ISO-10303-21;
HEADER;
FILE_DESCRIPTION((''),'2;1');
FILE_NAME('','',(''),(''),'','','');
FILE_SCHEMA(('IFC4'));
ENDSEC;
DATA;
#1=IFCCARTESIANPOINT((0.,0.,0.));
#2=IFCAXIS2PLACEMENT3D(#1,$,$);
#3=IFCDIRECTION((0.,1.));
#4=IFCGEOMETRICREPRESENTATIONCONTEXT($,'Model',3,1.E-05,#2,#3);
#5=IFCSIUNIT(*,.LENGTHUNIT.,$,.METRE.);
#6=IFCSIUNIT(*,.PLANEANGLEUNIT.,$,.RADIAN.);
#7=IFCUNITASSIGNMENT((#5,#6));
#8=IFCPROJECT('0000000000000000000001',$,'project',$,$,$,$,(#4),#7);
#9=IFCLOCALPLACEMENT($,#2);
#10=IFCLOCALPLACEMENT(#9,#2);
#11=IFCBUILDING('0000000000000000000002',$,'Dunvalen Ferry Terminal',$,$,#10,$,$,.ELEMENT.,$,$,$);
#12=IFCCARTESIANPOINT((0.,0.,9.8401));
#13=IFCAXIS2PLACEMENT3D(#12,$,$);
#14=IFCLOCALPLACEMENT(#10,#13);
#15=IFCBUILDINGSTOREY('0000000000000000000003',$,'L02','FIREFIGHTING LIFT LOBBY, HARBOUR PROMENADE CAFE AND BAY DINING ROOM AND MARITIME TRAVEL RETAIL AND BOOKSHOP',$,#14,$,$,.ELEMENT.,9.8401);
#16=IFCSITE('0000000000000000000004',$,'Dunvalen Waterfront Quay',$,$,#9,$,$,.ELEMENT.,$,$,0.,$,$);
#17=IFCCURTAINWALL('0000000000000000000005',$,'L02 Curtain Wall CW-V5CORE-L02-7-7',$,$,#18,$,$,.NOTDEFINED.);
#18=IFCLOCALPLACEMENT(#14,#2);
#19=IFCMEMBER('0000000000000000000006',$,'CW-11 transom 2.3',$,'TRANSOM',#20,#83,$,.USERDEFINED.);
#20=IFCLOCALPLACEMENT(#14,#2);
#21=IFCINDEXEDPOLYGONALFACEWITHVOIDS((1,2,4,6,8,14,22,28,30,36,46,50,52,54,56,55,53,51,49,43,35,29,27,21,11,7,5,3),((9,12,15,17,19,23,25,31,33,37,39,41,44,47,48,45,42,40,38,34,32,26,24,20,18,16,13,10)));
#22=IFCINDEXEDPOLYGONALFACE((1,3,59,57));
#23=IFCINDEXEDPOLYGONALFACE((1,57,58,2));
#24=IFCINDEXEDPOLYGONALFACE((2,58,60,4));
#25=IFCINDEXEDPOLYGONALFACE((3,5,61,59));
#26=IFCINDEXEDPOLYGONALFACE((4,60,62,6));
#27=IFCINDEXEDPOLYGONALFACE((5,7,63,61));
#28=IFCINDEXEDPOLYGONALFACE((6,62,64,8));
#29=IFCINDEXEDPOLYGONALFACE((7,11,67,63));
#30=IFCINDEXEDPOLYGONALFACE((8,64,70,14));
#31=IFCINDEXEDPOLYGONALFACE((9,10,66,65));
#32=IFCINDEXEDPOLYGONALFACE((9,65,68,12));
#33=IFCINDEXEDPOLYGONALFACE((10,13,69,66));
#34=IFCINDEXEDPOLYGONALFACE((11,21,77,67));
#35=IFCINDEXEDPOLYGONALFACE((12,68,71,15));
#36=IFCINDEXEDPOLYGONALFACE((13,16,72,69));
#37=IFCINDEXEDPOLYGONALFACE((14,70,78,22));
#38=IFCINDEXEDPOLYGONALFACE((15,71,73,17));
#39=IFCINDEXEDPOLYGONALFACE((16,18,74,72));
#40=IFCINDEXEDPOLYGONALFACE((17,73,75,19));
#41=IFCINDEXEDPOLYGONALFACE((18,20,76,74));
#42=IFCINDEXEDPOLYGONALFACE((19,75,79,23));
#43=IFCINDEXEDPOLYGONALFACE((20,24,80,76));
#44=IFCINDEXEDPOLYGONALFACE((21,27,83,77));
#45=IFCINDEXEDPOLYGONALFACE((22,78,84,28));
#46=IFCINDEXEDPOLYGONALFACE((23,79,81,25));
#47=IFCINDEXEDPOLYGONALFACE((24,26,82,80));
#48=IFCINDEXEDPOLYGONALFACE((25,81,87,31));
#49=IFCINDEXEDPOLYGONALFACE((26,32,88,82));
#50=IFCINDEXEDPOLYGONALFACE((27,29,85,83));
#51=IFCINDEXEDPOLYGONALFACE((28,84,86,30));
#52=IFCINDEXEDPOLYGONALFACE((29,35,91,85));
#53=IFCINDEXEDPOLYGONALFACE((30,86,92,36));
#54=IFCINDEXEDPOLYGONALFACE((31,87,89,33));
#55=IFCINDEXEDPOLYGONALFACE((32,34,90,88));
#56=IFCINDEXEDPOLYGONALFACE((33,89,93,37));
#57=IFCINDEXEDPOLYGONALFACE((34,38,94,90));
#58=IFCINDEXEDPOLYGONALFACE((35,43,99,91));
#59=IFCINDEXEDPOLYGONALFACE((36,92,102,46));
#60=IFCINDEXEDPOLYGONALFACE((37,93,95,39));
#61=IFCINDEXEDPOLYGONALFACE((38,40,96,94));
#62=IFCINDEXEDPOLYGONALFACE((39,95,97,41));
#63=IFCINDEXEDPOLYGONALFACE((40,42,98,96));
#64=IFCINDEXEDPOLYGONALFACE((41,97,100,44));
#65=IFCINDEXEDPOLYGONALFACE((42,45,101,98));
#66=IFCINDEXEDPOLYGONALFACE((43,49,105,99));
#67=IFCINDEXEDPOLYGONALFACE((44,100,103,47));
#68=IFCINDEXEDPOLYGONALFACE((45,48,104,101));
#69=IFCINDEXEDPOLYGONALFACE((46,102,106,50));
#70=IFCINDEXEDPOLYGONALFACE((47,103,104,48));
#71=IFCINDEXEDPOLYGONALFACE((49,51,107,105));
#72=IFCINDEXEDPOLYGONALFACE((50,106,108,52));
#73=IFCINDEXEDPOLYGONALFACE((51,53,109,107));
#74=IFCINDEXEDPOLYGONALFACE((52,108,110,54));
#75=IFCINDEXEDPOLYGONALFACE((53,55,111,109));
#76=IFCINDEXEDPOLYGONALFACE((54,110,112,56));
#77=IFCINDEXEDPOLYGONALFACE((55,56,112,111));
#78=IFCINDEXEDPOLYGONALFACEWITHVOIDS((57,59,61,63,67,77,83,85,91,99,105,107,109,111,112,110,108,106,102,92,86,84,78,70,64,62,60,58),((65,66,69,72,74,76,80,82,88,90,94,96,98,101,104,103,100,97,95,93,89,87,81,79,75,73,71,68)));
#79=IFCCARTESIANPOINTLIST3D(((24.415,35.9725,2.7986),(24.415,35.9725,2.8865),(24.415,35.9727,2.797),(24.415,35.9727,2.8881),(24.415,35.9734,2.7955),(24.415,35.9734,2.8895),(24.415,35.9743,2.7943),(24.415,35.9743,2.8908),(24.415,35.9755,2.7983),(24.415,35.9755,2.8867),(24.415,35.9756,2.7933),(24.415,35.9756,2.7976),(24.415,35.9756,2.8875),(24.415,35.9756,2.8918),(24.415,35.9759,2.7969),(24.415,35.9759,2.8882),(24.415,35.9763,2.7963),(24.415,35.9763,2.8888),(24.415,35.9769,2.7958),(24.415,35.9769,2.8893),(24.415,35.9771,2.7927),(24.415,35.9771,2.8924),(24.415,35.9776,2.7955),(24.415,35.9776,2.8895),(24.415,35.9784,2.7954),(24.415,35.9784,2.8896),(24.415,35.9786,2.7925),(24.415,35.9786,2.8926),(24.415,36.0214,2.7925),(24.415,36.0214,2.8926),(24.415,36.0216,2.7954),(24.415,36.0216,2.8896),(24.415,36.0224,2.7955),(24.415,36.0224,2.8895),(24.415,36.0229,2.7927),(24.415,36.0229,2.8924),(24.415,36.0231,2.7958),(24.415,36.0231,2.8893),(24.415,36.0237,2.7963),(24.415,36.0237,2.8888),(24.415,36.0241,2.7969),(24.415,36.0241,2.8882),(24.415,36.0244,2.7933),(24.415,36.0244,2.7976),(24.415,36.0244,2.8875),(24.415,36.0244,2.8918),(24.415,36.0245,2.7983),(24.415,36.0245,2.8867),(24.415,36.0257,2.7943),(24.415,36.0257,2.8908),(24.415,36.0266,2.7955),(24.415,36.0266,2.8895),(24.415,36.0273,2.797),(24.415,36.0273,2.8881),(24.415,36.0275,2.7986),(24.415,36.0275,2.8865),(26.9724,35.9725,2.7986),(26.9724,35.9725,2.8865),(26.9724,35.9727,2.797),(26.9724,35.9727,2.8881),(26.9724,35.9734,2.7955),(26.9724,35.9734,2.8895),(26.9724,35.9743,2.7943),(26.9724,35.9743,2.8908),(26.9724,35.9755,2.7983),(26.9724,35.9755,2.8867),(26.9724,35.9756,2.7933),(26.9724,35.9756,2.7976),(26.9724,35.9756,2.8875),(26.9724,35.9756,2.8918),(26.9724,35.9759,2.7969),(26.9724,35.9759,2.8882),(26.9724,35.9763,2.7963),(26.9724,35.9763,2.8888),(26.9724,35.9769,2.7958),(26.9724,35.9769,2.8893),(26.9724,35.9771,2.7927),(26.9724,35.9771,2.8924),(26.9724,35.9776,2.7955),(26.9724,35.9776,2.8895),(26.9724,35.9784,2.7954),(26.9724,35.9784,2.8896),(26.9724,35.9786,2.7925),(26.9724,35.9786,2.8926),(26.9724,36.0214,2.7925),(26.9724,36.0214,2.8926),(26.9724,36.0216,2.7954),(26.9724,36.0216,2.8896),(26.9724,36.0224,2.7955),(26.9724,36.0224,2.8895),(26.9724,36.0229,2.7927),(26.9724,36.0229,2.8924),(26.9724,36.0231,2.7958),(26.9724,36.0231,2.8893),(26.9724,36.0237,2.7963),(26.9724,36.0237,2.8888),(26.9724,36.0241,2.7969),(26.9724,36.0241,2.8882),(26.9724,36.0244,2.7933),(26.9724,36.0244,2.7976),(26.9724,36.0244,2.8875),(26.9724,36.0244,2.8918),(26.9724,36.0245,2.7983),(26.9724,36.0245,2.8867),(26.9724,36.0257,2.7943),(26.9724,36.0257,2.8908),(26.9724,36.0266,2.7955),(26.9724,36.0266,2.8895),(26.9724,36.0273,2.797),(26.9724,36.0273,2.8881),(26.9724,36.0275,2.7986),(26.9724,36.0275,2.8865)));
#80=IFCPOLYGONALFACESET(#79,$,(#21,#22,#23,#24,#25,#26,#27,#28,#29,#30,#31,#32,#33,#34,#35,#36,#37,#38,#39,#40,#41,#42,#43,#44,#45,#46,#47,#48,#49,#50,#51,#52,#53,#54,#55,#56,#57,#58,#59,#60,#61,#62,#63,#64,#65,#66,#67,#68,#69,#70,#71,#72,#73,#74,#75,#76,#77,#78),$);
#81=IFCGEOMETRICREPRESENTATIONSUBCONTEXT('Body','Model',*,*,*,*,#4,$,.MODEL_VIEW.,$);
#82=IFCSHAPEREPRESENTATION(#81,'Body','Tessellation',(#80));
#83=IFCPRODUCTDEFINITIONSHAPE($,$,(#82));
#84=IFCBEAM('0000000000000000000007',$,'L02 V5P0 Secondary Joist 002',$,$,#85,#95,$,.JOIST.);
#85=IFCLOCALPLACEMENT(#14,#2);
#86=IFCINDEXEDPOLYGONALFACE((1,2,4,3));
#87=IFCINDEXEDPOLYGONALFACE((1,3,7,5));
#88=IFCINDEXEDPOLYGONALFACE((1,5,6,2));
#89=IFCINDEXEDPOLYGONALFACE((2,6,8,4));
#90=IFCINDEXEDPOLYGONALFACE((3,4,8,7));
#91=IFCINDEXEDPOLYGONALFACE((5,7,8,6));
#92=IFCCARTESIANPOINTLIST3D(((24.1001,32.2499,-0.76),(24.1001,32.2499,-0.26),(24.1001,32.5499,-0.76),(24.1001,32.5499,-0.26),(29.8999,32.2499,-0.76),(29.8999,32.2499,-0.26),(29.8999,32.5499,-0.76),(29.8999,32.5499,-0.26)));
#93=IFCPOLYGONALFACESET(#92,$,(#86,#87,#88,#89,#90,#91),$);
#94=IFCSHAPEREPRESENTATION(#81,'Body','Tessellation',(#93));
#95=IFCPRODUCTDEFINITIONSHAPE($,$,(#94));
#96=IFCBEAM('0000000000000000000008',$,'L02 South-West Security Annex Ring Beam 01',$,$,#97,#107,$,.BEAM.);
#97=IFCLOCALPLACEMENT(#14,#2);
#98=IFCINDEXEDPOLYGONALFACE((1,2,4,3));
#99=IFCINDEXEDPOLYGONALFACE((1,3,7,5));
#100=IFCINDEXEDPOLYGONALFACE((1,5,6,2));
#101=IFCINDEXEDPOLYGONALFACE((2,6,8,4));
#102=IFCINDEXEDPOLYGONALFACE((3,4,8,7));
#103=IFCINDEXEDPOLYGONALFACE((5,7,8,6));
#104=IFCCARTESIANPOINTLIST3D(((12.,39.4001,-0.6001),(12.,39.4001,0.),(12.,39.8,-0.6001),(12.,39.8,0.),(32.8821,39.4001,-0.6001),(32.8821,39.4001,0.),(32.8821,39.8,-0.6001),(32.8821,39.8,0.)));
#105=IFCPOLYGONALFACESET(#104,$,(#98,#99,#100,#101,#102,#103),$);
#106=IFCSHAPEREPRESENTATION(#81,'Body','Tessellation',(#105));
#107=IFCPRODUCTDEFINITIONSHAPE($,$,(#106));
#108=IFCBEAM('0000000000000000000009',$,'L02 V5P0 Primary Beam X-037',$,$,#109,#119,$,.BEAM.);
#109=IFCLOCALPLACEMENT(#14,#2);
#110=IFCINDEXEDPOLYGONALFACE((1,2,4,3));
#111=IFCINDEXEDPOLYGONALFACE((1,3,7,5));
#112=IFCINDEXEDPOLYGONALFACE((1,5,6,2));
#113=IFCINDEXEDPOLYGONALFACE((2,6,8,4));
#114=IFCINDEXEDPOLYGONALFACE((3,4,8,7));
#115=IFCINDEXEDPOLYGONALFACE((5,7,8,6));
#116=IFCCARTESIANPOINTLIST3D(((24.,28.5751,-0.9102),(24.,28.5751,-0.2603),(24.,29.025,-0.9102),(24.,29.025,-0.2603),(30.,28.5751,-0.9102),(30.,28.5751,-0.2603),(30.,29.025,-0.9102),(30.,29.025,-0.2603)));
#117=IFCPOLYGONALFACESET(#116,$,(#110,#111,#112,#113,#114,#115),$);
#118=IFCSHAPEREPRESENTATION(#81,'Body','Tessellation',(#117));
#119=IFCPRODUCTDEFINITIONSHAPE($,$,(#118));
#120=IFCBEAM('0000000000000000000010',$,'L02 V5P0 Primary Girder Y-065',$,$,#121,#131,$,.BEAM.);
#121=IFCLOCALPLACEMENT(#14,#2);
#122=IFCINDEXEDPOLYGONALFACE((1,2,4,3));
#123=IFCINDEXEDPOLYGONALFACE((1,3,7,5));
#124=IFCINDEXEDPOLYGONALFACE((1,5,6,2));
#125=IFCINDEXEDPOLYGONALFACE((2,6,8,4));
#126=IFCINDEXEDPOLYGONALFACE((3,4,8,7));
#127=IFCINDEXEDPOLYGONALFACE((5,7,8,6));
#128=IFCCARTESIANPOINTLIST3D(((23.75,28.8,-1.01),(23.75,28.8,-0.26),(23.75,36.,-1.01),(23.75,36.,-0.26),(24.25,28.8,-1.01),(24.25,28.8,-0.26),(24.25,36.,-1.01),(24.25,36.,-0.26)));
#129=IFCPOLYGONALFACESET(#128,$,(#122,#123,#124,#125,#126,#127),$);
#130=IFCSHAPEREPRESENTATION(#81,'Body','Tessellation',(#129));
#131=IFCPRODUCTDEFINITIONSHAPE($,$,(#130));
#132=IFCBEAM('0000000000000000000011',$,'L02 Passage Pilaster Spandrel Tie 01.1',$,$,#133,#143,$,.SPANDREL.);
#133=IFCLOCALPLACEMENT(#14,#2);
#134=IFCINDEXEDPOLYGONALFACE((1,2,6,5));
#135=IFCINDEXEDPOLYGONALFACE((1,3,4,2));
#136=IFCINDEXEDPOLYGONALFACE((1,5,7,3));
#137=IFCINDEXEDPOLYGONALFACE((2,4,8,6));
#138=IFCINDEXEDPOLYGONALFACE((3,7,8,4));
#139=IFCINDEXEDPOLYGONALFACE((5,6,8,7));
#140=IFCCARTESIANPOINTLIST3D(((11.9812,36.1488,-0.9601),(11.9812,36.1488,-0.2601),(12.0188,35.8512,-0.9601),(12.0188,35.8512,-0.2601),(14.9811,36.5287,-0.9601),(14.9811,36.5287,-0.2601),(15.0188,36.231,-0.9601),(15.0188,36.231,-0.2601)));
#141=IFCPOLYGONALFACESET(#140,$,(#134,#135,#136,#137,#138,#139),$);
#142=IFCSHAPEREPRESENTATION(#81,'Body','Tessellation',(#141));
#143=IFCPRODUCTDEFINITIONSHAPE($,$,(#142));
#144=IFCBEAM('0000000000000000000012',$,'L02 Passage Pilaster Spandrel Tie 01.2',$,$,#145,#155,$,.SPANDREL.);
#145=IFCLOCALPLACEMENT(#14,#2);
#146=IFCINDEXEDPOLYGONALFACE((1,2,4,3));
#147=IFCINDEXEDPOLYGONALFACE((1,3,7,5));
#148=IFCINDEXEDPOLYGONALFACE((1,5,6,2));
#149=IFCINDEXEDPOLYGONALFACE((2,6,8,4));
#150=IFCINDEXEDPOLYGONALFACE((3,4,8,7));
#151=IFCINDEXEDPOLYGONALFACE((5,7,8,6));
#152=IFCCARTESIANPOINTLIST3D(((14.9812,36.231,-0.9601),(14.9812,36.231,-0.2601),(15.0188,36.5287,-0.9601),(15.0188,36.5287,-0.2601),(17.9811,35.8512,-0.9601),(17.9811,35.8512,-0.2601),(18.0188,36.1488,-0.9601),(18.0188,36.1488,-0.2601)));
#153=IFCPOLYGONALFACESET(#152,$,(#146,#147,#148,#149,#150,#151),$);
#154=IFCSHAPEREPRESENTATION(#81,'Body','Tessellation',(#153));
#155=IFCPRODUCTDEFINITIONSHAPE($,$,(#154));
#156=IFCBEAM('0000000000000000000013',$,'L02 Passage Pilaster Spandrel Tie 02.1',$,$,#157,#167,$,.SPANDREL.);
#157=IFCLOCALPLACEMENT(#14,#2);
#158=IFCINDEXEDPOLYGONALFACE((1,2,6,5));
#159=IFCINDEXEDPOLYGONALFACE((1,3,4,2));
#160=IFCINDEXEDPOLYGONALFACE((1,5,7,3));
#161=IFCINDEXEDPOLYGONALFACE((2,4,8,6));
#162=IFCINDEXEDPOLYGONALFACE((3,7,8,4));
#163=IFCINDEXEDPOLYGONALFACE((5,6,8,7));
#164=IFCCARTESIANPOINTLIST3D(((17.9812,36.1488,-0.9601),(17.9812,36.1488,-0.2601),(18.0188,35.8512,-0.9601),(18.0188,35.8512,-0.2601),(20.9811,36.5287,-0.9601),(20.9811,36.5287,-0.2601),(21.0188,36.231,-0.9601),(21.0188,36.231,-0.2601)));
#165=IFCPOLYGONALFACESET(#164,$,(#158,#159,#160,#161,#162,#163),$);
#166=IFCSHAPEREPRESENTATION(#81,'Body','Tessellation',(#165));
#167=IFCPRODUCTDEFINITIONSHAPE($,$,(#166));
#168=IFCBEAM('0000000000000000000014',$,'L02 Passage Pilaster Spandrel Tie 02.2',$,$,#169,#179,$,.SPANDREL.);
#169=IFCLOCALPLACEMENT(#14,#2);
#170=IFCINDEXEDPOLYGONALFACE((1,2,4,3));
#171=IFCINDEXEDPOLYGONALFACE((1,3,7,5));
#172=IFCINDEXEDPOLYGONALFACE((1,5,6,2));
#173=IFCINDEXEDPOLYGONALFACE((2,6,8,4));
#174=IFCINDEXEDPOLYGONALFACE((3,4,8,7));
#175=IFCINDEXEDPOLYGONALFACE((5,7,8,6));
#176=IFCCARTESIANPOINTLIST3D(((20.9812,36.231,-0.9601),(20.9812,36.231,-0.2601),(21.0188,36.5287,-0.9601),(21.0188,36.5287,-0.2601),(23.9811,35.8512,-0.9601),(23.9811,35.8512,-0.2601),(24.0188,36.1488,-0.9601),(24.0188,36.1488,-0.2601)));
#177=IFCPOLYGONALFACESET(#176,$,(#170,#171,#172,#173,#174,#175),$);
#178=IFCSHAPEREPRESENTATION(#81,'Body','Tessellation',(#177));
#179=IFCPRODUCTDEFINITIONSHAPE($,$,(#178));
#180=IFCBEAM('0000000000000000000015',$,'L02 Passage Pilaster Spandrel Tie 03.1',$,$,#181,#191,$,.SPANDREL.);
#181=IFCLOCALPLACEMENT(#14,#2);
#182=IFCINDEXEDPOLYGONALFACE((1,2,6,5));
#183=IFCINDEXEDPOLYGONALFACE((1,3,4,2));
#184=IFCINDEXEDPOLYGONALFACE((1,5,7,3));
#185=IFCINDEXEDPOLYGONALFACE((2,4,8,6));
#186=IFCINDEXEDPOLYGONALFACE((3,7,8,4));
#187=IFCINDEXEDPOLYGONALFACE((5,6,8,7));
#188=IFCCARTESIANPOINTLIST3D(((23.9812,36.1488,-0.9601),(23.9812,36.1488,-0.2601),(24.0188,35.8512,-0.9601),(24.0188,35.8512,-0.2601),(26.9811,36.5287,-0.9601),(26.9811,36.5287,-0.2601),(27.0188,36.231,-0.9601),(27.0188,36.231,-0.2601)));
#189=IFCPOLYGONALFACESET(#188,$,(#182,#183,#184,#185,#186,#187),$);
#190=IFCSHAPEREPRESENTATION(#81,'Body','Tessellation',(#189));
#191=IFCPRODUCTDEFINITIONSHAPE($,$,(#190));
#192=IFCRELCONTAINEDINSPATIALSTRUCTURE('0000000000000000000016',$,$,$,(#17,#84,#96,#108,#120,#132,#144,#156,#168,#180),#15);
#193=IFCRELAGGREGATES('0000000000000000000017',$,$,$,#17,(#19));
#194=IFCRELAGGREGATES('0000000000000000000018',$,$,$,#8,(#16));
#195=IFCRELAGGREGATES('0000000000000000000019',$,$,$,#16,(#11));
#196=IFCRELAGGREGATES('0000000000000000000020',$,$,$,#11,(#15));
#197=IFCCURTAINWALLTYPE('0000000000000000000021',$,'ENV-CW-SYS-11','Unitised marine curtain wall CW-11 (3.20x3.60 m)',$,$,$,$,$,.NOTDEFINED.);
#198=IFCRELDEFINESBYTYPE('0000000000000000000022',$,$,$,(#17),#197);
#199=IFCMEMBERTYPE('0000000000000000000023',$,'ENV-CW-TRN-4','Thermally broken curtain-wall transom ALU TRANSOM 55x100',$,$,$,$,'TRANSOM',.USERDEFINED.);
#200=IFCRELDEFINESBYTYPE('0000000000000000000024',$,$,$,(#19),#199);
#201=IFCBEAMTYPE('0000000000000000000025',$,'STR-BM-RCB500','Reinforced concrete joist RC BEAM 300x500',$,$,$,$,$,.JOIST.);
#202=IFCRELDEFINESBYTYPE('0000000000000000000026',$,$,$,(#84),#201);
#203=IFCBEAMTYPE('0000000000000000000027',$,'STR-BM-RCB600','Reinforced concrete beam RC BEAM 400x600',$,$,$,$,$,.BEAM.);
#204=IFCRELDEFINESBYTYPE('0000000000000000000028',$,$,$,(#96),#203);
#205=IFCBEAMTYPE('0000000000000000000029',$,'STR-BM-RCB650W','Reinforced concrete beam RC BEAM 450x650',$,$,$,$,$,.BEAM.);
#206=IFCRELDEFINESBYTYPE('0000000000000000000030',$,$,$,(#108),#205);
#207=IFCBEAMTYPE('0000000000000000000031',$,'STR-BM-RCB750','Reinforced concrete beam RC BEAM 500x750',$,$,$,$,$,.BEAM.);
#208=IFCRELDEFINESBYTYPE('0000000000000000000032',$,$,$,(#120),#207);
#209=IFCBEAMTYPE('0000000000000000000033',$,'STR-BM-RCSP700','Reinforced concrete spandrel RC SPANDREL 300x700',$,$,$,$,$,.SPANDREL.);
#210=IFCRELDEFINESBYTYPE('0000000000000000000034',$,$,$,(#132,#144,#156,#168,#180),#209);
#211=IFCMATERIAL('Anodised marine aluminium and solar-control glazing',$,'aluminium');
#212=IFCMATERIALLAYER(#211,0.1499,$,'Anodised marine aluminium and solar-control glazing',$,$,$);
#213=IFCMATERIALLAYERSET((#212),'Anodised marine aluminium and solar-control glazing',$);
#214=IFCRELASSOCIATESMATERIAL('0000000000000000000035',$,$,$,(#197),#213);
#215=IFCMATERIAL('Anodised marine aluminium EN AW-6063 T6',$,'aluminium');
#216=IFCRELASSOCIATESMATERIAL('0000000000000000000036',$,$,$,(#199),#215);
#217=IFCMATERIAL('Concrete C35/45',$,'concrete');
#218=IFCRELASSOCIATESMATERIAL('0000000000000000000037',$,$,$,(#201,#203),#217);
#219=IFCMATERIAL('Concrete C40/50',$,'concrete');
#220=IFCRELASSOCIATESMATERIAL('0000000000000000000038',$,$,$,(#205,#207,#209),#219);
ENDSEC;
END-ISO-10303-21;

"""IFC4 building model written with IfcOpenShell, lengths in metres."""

from ifc_helpers import new_model, si_unit, direction, frame, origin, origin_2d, place, context, subcontext, project, spatial, rectangle, hollow_rectangle, extrude, material, layer, layer_set, material_profile, profile_set, type_object, element, aggregate, save


model = new_model("IFC4")

# Units and contexts
model_context = context("Model", 3, precision=1e-05, world=origin(), true_north=direction((0.0, 1.0)))
body_context = subcontext(model_context, "Body", "Model", "MODEL_VIEW")
ifc_project = project(units=[si_unit("LENGTHUNIT", "METRE"), si_unit("PLANEANGLEUNIT", "RADIAN")], contexts=[model_context])

# Site, building, storey
site_placement = place(None, origin())
site = spatial("IfcSite", under=ifc_project, at=site_placement, Name="Dunvalen Waterfront Quay", CompositionType="ELEMENT", RefElevation=0.0)
building_placement = place(site_placement, origin())
building = spatial("IfcBuilding", under=site, at=building_placement, Name="Dunvalen Ferry Terminal", CompositionType="ELEMENT")
storey_placement = place(building_placement, frame((0.0, 0.0, 9.8401)))
storey = spatial("IfcBuildingStorey", under=building, at=storey_placement, Name="L02", Description="FIREFIGHTING LIFT LOBBY, HARBOUR PROMENADE CAFE AND BAY DINING ROOM AND MARITIME TRAVEL RETAIL AND BOOKSHOP", CompositionType="ELEMENT", Elevation=9.8401)

# Shared definitions
ifc_material_1 = material(Name="Concrete C40/50", Category="concrete")

# Curtain wall, member
ifc_material_2 = material(Name="Anodised marine aluminium and solar-control glazing", Category="aluminium")
ifc_layer_1 = layer(ifc_material_2, 0.1499, Name="Anodised marine aluminium and solar-control glazing")
ifc_layer_set_1 = layer_set([ifc_layer_1], Name="Anodised marine aluminium and solar-control glazing")
curtain_wall_type = type_object("IfcCurtainWallType", Name="ENV-CW-SYS-11", Description="Unitised marine curtain wall CW-11 (3.20x3.60 m)", PredefinedType="NOTDEFINED", material=ifc_layer_set_1)
curtain_wall_placement = place(storey_placement, origin())
curtain_wall = element("IfcCurtainWall", 1, at=curtain_wall_placement, inside=storey, type_object=curtain_wall_type, Name="L02 Curtain Wall CW-V5CORE-L02-7-7", PredefinedType="NOTDEFINED")
ifc_material_3 = material(Name="Anodised marine aluminium EN AW-6063 T6", Category="aluminium")
ifc_material_profile_1 = material_profile(ifc_material_3, hollow_rectangle(XDim=0.0549, YDim=0.1001, WallThickness=0.0029, InnerFilletRadius=0.0029, OuterFilletRadius=0.0061, at=origin_2d()), Name="Anodised marine aluminium EN AW-6063 T6")
ifc_profile_set_1 = profile_set([ifc_material_profile_1], Name="Anodised marine aluminium EN AW-6063 T6")
member_type_1 = type_object("IfcMemberType", Name="ENV-CW-TRN-4", Description="Thermally broken curtain-wall transom ALU TRANSOM 55x100", ElementType="TRANSOM", PredefinedType="USERDEFINED", material=ifc_profile_set_1)
member_1_placement = place(storey_placement, frame((26.9724, 36.0, 2.8425), z_axis=(-1.0, 0.0, 0.0), x_axis=(0.0, -1.0, 0.0)))
member_1 = element("IfcMember", 2, at=member_1_placement, type_object=member_type_1, Name="CW-11 transom 2.3", ObjectType="TRANSOM", PredefinedType="USERDEFINED", context=body_context, shape_type="SweptSolid", body=[
    extrude(hollow_rectangle(XDim=0.0549, YDim=0.1001, WallThickness=0.0029, InnerFilletRadius=0.0029, OuterFilletRadius=0.0061, at=origin_2d()), origin(), (0.0, 0.0, 1.0), 2.5574),
])

# Beams
ifc_material_4 = material(Name="Concrete C35/45", Category="concrete")
ifc_material_profile_2 = material_profile(ifc_material_4, rectangle(XDim=0.3, YDim=0.5, at=origin_2d()), Name="Concrete C35/45")
ifc_profile_set_2 = profile_set([ifc_material_profile_2], Name="Concrete C35/45")
beam_type_1 = type_object("IfcBeamType", Name="STR-BM-RCB500", Description="Reinforced concrete joist RC BEAM 300x500", PredefinedType="JOIST", material=ifc_profile_set_2)
beam_1_placement = place(storey_placement, frame((24.1001, 32.3999, -0.51), z_axis=(1.0, 0.0, 0.0), x_axis=(0.0, 1.0, 0.0)))
element("IfcBeam", 3, at=beam_1_placement, inside=storey, type_object=beam_type_1, Name="L02 V5P0 Secondary Joist 002", PredefinedType="JOIST", context=body_context, shape_type="SweptSolid", body=[
    extrude(rectangle(XDim=0.3, YDim=0.5, at=origin_2d()), origin(), (0.0, 0.0, 1.0), 5.7998),
])
ifc_material_profile_3 = material_profile(ifc_material_4, rectangle(XDim=0.3999, YDim=0.6001, at=origin_2d()), Name="Concrete C35/45")
ifc_profile_set_3 = profile_set([ifc_material_profile_3], Name="Concrete C35/45")
beam_type_2 = type_object("IfcBeamType", Name="STR-BM-RCB600", Description="Reinforced concrete beam RC BEAM 400x600", PredefinedType="BEAM", material=ifc_profile_set_3)
beam_2_placement = place(storey_placement, frame((12.0, 39.6001, -0.3), z_axis=(1.0, 0.0, 0.0), x_axis=(0.0, 1.0, 0.0)))
element("IfcBeam", 4, at=beam_2_placement, inside=storey, type_object=beam_type_2, Name="L02 South-West Security Annex Ring Beam 01", PredefinedType="BEAM", context=body_context, shape_type="SweptSolid", body=[
    extrude(rectangle(XDim=0.3999, YDim=0.6001, at=origin_2d()), origin(), (0.0, 0.0, 1.0), 20.8821),
])
ifc_material_profile_4 = material_profile(ifc_material_1, rectangle(XDim=0.45, YDim=0.6499, at=origin_2d()), Name="Concrete C40/50")
ifc_profile_set_4 = profile_set([ifc_material_profile_4], Name="Concrete C40/50")
beam_type_3 = type_object("IfcBeamType", Name="STR-BM-RCB650W", Description="Reinforced concrete beam RC BEAM 450x650", PredefinedType="BEAM", material=ifc_profile_set_4)
beam_3_placement = place(storey_placement, frame((24.0, 28.8, -0.5852), z_axis=(1.0, 0.0, 0.0), x_axis=(0.0, 1.0, 0.0)))
element("IfcBeam", 5, at=beam_3_placement, inside=storey, type_object=beam_type_3, Name="L02 V5P0 Primary Beam X-037", PredefinedType="BEAM", context=body_context, shape_type="SweptSolid", body=[
    extrude(rectangle(XDim=0.45, YDim=0.6499, at=origin_2d()), origin(), (0.0, 0.0, 1.0), 6.0),
])
ifc_material_profile_5 = material_profile(ifc_material_1, rectangle(XDim=0.5, YDim=0.75, at=origin_2d()), Name="Concrete C40/50")
ifc_profile_set_5 = profile_set([ifc_material_profile_5], Name="Concrete C40/50")
beam_type_4 = type_object("IfcBeamType", Name="STR-BM-RCB750", Description="Reinforced concrete beam RC BEAM 500x750", PredefinedType="BEAM", material=ifc_profile_set_5)
beam_4_placement = place(storey_placement, frame((24.0, 28.8, -0.635), z_axis=(0.0, 1.0, 0.0), x_axis=(-1.0, 0.0, 0.0)))
element("IfcBeam", 6, at=beam_4_placement, inside=storey, type_object=beam_type_4, Name="L02 V5P0 Primary Girder Y-065", PredefinedType="BEAM", context=body_context, shape_type="SweptSolid", body=[
    extrude(rectangle(XDim=0.5, YDim=0.75, at=origin_2d()), origin(), (0.0, 0.0, 1.0), 7.2),
])
ifc_material_profile_6 = material_profile(ifc_material_1, rectangle(XDim=0.3, YDim=0.7, at=origin_2d()), Name="Concrete C40/50")
ifc_profile_set_6 = profile_set([ifc_material_profile_6], Name="Concrete C40/50")
beam_type_5 = type_object("IfcBeamType", Name="STR-BM-RCSP700", Description="Reinforced concrete spandrel RC SPANDREL 300x700", PredefinedType="SPANDREL", material=ifc_profile_set_6)
for number, where, z_axis, x_axis, name in (
    (7, (12.0, 36.0, -0.6101), (0.992078, 0.125624, 0.0), (-0.125624, 0.992078, 0.0), "L02 Passage Pilaster Spandrel Tie 01.1"),
    (8, (15.0, 36.3799, -0.6101), (0.992078, -0.125624, 0.0), (0.125624, 0.992078, 0.0), "L02 Passage Pilaster Spandrel Tie 01.2"),
    (9, (18.0, 36.0, -0.6101), (0.992078, 0.125624, 0.0), (-0.125624, 0.992078, 0.0), "L02 Passage Pilaster Spandrel Tie 02.1"),
    (10, (21.0, 36.3799, -0.6101), (0.992078, -0.125624, 0.0), (0.125624, 0.992078, 0.0), "L02 Passage Pilaster Spandrel Tie 02.2"),
    (11, (24.0, 36.0, -0.6101), (0.992078, 0.125624, 0.0), (-0.125624, 0.992078, 0.0), "L02 Passage Pilaster Spandrel Tie 03.1"),
):
    element("IfcBeam", number, at=place(storey_placement, frame(where, z_axis=z_axis, x_axis=x_axis)), inside=storey, type_object=beam_type_5, Name=name, PredefinedType="SPANDREL", context=body_context, shape_type="SweptSolid", body=[
        extrude(rectangle(XDim=0.3, YDim=0.7, at=origin_2d()), origin(), (0.0, 0.0, 1.0), 3.0239),
    ])

aggregate(curtain_wall, [member_1])

save(model, "model.ifc")
